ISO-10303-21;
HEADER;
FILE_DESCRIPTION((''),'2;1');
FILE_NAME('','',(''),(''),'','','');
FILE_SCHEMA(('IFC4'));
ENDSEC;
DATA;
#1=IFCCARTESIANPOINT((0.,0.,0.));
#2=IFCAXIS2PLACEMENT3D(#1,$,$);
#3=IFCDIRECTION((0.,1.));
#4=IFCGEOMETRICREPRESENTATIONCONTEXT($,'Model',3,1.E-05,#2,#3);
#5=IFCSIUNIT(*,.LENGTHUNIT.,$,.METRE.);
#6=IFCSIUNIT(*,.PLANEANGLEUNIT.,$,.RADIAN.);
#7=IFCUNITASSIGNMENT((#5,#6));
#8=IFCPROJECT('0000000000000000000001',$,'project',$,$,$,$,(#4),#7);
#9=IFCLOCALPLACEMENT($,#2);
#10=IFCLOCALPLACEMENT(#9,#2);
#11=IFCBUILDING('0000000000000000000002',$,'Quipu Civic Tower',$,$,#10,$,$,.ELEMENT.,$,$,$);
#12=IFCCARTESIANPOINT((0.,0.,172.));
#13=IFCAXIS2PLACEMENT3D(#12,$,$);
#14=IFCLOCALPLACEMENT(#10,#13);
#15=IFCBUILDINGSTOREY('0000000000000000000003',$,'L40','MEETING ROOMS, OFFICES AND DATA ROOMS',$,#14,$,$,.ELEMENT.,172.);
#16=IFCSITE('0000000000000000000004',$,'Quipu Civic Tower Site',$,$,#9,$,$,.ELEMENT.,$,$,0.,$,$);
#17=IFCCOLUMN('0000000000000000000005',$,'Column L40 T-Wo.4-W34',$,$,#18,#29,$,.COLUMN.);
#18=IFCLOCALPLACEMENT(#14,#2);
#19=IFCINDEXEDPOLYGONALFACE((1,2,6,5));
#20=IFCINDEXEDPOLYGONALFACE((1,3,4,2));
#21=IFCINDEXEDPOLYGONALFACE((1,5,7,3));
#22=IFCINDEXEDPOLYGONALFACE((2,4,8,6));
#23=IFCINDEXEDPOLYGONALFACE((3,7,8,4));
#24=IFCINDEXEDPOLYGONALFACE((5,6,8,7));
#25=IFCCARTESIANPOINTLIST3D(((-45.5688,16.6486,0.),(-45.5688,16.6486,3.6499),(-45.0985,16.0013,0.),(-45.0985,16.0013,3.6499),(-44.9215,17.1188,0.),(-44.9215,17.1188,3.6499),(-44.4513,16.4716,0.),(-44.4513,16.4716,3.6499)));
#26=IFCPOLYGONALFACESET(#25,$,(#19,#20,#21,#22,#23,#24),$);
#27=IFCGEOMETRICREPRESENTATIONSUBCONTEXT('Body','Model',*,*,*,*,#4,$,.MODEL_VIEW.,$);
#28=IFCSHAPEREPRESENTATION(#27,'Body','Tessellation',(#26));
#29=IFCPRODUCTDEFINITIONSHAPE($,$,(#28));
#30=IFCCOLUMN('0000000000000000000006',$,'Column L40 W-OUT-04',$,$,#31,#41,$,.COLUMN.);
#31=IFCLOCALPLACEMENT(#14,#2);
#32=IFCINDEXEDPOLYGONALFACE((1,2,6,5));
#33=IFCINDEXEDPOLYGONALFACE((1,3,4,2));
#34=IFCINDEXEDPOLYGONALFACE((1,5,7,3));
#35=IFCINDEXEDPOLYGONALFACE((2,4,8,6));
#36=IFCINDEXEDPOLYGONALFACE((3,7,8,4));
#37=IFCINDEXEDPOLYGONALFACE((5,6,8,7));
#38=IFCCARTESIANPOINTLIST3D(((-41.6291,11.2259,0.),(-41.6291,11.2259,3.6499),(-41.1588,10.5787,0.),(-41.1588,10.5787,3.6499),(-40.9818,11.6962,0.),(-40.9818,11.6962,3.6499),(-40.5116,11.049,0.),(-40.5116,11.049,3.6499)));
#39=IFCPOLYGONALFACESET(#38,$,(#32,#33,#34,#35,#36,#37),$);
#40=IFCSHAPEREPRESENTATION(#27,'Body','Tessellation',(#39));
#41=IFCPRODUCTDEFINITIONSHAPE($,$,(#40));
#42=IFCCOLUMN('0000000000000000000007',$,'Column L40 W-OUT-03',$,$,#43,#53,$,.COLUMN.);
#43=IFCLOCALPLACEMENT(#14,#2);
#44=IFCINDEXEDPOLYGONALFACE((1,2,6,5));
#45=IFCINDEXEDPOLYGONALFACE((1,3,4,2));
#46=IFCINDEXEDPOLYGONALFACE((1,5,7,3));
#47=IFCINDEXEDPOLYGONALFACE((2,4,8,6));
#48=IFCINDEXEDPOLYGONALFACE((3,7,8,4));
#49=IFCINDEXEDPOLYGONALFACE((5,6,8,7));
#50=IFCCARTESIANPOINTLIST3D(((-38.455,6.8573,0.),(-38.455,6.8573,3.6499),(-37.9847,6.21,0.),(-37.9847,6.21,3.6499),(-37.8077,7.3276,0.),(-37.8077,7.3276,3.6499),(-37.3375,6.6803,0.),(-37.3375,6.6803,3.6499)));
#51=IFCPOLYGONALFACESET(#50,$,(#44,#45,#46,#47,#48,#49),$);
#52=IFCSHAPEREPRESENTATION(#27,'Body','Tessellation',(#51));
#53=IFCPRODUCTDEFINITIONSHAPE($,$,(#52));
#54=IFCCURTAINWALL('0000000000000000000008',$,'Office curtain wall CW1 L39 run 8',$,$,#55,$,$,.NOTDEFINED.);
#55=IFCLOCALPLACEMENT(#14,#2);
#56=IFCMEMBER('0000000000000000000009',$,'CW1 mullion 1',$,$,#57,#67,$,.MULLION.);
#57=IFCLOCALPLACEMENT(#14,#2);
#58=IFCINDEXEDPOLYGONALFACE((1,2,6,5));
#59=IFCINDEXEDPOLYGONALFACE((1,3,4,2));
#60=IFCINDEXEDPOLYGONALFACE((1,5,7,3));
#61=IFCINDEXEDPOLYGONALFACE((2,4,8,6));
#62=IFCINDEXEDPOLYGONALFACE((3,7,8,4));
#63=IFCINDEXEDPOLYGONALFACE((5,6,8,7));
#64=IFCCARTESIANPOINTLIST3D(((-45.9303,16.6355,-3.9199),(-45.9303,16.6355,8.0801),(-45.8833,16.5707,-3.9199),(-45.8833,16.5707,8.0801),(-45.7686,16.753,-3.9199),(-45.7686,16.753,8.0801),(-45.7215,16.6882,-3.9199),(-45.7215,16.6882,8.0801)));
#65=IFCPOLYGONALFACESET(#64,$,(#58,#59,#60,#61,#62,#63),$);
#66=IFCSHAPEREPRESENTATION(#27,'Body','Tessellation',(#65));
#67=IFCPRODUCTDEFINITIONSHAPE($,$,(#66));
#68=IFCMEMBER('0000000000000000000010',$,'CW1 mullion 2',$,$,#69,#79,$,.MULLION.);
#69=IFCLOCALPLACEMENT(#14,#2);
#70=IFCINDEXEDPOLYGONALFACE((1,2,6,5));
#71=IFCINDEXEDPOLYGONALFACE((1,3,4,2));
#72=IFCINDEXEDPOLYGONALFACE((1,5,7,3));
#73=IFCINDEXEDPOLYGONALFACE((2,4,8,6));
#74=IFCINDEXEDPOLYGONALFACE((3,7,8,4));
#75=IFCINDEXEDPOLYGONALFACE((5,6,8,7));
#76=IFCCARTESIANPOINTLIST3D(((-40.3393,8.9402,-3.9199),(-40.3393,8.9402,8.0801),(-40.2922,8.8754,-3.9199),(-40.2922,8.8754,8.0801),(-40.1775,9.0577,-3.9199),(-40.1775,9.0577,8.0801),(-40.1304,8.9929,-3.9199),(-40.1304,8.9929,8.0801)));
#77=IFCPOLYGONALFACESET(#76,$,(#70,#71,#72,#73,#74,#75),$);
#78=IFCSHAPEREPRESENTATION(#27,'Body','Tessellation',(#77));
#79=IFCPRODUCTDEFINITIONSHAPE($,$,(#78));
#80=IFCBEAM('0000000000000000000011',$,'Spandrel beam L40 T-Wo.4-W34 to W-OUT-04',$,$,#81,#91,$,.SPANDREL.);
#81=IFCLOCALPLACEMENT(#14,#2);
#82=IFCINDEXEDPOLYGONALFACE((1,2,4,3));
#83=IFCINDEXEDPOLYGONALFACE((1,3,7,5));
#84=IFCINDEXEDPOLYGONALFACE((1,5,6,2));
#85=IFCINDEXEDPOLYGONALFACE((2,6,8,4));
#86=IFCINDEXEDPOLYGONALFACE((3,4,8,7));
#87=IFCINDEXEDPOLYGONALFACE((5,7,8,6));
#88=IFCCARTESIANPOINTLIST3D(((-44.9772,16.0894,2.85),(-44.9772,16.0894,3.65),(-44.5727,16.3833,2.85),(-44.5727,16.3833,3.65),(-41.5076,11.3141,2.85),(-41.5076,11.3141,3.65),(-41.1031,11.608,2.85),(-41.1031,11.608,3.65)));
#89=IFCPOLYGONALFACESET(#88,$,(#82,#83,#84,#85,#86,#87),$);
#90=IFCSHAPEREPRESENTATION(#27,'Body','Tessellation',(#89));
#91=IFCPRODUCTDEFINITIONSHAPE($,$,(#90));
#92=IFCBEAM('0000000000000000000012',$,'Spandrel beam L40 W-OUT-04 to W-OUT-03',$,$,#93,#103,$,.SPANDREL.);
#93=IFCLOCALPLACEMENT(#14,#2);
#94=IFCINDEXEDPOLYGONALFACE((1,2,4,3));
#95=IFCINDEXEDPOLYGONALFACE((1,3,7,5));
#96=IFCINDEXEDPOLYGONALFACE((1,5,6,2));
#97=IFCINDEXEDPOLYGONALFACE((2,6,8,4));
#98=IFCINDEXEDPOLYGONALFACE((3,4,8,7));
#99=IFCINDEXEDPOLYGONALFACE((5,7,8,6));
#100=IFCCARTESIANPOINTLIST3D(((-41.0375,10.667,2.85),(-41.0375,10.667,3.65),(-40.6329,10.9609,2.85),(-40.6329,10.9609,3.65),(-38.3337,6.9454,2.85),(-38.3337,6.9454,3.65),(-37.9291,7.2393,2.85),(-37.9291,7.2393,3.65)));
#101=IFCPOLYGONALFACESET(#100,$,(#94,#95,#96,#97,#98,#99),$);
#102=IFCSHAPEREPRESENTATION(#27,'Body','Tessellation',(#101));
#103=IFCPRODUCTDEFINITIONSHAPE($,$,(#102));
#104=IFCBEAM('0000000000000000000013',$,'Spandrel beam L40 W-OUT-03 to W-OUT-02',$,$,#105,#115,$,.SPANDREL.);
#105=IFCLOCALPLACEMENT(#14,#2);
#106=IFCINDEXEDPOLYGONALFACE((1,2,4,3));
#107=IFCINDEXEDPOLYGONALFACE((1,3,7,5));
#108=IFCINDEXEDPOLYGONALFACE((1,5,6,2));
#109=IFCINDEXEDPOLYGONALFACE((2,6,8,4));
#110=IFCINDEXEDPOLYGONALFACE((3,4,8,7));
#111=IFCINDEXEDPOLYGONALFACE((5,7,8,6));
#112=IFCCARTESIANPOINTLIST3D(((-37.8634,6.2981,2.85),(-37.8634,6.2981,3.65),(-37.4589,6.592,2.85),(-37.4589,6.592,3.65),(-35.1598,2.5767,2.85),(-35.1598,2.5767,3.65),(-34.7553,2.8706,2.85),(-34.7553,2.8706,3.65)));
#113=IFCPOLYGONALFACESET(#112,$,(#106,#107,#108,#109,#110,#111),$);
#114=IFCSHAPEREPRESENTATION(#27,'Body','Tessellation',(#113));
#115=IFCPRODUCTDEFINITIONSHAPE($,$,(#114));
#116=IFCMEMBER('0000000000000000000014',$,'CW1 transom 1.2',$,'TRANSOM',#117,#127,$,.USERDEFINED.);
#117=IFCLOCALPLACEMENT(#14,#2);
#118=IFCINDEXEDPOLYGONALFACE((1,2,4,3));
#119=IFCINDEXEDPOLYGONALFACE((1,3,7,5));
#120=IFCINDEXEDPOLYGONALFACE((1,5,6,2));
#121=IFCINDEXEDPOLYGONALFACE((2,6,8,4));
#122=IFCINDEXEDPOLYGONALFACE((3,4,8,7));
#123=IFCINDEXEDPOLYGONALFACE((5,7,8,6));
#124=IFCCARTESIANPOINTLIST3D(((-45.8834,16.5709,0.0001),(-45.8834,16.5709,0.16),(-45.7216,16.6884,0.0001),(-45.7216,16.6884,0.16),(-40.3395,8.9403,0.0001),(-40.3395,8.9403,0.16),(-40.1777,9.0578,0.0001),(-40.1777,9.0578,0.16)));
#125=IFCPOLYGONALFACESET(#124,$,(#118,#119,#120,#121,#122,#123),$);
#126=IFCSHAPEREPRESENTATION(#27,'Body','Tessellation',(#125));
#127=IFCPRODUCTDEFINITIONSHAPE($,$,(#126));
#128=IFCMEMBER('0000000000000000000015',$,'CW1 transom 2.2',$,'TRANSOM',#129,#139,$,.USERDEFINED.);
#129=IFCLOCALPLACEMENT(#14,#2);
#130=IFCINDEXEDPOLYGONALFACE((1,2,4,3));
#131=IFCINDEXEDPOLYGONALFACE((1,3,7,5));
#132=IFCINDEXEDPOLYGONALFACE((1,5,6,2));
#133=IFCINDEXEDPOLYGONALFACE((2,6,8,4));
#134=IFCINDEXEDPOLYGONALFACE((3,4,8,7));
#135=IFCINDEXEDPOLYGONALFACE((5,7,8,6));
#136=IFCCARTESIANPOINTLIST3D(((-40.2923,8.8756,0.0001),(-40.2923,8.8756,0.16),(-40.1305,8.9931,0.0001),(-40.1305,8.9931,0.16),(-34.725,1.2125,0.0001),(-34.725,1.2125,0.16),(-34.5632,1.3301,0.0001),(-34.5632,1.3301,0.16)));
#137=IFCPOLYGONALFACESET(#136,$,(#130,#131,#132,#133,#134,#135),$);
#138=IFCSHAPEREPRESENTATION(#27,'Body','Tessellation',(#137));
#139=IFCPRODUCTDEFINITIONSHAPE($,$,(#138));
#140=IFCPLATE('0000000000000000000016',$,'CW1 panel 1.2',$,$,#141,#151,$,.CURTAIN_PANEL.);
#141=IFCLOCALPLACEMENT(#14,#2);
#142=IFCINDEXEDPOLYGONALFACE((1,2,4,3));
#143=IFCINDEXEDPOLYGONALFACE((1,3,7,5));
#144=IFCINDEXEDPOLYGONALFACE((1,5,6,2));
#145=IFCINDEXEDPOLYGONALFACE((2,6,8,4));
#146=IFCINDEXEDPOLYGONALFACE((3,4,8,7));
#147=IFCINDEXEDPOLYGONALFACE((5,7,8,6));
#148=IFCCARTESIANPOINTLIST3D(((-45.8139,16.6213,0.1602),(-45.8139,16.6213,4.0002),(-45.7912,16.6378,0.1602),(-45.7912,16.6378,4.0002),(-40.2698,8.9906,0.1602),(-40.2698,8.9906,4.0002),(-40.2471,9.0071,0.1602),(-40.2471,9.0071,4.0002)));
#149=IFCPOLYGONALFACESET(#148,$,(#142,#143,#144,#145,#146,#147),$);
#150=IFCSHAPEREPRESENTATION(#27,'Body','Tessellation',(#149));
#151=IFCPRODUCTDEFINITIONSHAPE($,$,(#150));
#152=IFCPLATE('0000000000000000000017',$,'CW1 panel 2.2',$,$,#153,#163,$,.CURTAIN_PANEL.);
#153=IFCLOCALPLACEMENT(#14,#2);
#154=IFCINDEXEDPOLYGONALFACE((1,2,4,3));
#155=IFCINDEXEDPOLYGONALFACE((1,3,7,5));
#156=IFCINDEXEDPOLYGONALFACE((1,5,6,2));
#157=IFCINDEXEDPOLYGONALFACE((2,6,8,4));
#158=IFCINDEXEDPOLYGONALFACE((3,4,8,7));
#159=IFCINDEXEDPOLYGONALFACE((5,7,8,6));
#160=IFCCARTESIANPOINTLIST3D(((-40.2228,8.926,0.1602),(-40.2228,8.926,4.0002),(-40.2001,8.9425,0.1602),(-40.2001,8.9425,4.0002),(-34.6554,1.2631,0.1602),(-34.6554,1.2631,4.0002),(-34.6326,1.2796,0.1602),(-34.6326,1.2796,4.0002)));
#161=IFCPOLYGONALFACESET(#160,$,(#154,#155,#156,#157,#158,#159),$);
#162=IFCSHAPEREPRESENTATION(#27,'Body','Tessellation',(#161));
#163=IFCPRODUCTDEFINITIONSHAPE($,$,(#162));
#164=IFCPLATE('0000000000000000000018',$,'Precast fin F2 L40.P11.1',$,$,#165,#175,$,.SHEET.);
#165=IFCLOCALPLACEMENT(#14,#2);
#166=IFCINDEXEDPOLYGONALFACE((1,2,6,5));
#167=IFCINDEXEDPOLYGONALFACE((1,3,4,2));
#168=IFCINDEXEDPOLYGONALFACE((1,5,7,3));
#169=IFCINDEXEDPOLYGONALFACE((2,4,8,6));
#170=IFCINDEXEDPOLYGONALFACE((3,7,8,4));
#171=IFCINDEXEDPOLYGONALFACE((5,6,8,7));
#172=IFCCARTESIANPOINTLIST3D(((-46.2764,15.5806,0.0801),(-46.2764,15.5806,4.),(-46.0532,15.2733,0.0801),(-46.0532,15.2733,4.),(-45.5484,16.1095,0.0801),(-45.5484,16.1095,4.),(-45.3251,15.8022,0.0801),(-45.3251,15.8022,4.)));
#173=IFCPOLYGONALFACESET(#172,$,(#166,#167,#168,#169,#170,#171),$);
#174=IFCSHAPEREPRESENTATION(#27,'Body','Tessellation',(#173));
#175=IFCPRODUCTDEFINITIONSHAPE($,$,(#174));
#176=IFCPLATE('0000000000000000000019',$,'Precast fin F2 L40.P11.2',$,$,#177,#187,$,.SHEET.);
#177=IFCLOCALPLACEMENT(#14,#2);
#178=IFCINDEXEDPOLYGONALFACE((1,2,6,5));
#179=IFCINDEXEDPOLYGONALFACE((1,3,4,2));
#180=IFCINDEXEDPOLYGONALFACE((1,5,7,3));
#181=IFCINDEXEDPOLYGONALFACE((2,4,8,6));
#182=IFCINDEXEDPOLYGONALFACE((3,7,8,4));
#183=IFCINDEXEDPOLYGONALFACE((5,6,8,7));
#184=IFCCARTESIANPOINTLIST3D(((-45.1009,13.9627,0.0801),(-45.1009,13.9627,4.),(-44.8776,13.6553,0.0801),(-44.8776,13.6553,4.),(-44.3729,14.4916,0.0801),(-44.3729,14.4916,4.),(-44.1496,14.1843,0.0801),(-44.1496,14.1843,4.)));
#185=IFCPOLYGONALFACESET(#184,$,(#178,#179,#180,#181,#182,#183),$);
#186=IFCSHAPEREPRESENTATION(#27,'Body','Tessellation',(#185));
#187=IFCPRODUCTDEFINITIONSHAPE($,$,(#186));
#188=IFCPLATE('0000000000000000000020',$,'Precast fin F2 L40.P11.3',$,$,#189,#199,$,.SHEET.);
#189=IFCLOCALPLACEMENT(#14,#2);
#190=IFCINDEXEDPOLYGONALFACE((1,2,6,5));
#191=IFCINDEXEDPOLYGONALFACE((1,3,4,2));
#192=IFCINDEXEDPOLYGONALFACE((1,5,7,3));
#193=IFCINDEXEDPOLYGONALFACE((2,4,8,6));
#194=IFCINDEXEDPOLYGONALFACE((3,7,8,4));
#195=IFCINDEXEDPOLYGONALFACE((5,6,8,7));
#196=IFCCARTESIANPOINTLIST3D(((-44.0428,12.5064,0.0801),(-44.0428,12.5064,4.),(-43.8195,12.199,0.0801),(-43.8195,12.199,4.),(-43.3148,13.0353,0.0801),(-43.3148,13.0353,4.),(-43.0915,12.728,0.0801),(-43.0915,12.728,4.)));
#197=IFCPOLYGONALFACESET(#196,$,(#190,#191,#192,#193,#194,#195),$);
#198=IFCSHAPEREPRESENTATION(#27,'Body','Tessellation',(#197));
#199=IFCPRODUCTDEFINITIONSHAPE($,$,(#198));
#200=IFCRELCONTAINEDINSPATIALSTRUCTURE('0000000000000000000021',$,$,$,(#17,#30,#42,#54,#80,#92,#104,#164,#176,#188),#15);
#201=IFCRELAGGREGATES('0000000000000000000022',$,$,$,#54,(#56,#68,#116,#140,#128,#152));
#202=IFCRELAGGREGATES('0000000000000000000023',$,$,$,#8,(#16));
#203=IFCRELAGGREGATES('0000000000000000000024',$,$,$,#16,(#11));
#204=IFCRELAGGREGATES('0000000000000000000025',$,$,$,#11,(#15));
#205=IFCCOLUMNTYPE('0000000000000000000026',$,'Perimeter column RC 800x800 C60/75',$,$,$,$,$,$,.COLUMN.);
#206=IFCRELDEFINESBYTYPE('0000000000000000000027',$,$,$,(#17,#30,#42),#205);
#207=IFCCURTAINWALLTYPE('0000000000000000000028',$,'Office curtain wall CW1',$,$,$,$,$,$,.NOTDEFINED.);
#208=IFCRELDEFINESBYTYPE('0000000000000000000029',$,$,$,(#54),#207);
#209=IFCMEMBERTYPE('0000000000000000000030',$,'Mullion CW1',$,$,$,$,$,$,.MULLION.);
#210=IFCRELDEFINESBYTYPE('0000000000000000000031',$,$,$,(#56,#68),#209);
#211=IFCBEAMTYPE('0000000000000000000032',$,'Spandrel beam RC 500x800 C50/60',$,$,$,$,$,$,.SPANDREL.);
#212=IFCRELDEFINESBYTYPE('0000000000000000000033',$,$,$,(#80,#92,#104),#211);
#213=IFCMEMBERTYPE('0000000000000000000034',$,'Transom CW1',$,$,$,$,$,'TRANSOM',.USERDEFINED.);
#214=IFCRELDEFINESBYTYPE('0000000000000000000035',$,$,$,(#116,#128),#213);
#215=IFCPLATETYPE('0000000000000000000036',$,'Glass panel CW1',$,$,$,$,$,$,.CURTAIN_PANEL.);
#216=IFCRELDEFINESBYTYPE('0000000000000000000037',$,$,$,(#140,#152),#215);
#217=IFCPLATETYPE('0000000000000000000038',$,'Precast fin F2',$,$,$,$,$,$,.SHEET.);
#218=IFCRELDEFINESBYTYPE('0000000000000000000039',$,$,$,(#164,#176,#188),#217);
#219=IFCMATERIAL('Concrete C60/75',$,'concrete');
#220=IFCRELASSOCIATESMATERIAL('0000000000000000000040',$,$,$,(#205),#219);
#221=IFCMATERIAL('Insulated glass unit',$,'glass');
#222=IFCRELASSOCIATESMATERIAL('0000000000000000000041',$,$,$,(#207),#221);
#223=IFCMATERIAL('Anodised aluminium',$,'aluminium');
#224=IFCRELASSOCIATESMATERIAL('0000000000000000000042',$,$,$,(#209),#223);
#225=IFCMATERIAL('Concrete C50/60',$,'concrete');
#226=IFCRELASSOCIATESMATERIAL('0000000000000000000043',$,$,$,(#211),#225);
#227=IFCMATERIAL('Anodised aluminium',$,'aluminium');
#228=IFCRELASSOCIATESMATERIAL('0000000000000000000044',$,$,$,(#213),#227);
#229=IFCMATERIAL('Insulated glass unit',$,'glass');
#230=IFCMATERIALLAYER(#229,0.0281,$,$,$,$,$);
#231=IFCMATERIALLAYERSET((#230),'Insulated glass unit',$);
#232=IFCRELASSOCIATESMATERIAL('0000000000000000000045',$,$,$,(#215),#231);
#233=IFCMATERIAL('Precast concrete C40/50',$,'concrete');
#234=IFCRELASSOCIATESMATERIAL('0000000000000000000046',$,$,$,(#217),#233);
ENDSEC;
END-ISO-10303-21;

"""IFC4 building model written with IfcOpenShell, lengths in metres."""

from ifc_helpers import new_model, si_unit, direction, frame, origin, origin_2d, place, context, subcontext, project, spatial, rectangle, extrude, material, layer, layer_set, material_profile, profile_set, type_object, element, aggregate, save


model = new_model("IFC4")

# Units and contexts
model_context = context("Model", 3, precision=1e-05, world=origin(), true_north=direction((0.0, 1.0)))
body_context = subcontext(model_context, "Body", "Model", "MODEL_VIEW")
ifc_project = project(units=[si_unit("LENGTHUNIT", "METRE"), si_unit("PLANEANGLEUNIT", "RADIAN")], contexts=[model_context])

# Site, building, storey
site_placement = place(None, origin())
site = spatial("IfcSite", under=ifc_project, at=site_placement, Name="Quipu Civic Tower Site", CompositionType="ELEMENT", RefElevation=0.0)
building_placement = place(site_placement, origin())
building = spatial("IfcBuilding", under=site, at=building_placement, Name="Quipu Civic Tower", CompositionType="ELEMENT")
storey_placement = place(building_placement, frame((0.0, 0.0, 172.0)))
storey = spatial("IfcBuildingStorey", under=building, at=storey_placement, Name="L40", Description="MEETING ROOMS, OFFICES AND DATA ROOMS", CompositionType="ELEMENT", Elevation=172.0)

# Columns
ifc_material_1 = material(Name="Concrete C60/75", Category="concrete")
ifc_material_profile_1 = material_profile(ifc_material_1, rectangle(XDim=0.8, YDim=0.8, at=origin_2d()), Name="RC800x800")
ifc_profile_set_1 = profile_set([ifc_material_profile_1], Name="Concrete C60/75")
column_type = type_object("IfcColumnType", Name="Perimeter column RC 800x800 C60/75", PredefinedType="COLUMN", material=ifc_profile_set_1)
for number, where, z_axis, x_axis, name in (
    (1, (-45.01, 16.5601, 0.0), (0.0, 0.0, 1.0), (0.587785, -0.809017, 0.0), "Column L40 T-Wo.4-W34"),
    (2, (-41.0703, 11.1375, 0.0), (0.0, 0.0, 1.0), (0.587785, -0.809017, 0.0), "Column L40 W-OUT-04"),
    (3, (-37.8962, 6.7688, 0.0), (0.0, 0.0, 1.0), (0.587785, -0.809017, 0.0), "Column L40 W-OUT-03"),
):
    element("IfcColumn", number, at=place(storey_placement, frame(where, z_axis=z_axis, x_axis=x_axis)), inside=storey, type_object=column_type, Name=name, PredefinedType="COLUMN", context=body_context, shape_type="SweptSolid", body=[
        extrude(rectangle(XDim=0.8, YDim=0.8, at=origin_2d()), origin(), (0.0, 0.0, 1.0), 3.6499),
    ])

# Curtain wall, members
ifc_material_2 = material(Name="Insulated glass unit", Category="glass")
curtain_wall_type = type_object("IfcCurtainWallType", Name="Office curtain wall CW1", PredefinedType="NOTDEFINED", material=ifc_material_2)
curtain_wall_placement = place(storey_placement, origin())
curtain_wall = element("IfcCurtainWall", 4, at=curtain_wall_placement, inside=storey, type_object=curtain_wall_type, Name="Office curtain wall CW1 L39 run 8", PredefinedType="NOTDEFINED")
ifc_material_3 = material(Name="Anodised aluminium", Category="aluminium")
ifc_material_profile_2 = material_profile(ifc_material_3, rectangle(XDim=0.2, YDim=0.0801, at=origin_2d()), Name="RECT 200x80")
ifc_profile_set_2 = profile_set([ifc_material_profile_2], Name="Anodised aluminium")
member_type_1 = type_object("IfcMemberType", Name="Mullion CW1", PredefinedType="MULLION", material=ifc_profile_set_2)
member_1_placement = place(storey_placement, frame((-45.8259, 16.6619, -3.9199), z_axis=(0.0, 0.0, 1.0), x_axis=(0.809017, 0.587786, 0.0)))
member_1 = element("IfcMember", 5, at=member_1_placement, type_object=member_type_1, Name="CW1 mullion 1", PredefinedType="MULLION", context=body_context, shape_type="SweptSolid", body=[
    extrude(rectangle(XDim=0.2, YDim=0.0801, at=origin_2d()), origin(), (0.0, 0.0, 1.0), 12.0),
])
member_2_placement = place(storey_placement, frame((-40.2349, 8.9666, -3.9199), z_axis=(0.0, 0.0, 1.0), x_axis=(0.809017, 0.587786, 0.0)))
member_2 = element("IfcMember", 6, at=member_2_placement, type_object=member_type_1, Name="CW1 mullion 2", PredefinedType="MULLION", context=body_context, shape_type="SweptSolid", body=[
    extrude(rectangle(XDim=0.2, YDim=0.0801, at=origin_2d()), origin(), (0.0, 0.0, 1.0), 12.0),
])

# Beams
ifc_material_4 = material(Name="Concrete C50/60", Category="concrete")
ifc_material_profile_3 = material_profile(ifc_material_4, rectangle(XDim=0.5, YDim=0.8, at=origin_2d()), Name="RC500x800")
ifc_profile_set_3 = profile_set([ifc_material_profile_3], Name="Concrete C50/60")
beam_type = type_object("IfcBeamType", Name="Spandrel beam RC 500x800 C50/60", PredefinedType="SPANDREL", material=ifc_profile_set_3)
beam_1_placement = place(storey_placement, frame((-44.7749, 16.2363, 3.25), z_axis=(0.5878, -0.809006, 0.0), x_axis=(0.809006, 0.5878, 0.0)))
element("IfcBeam", 7, at=beam_1_placement, inside=storey, type_object=beam_type, Name="Spandrel beam L40 T-Wo.4-W34 to W-OUT-04", PredefinedType="SPANDREL", context=body_context, shape_type="SweptSolid", body=[
    extrude(rectangle(XDim=0.5, YDim=0.8, at=origin_2d()), origin(), (0.0, 0.0, 1.0), 5.9026),
])
beam_2_placement = place(storey_placement, frame((-40.8352, 10.814, 3.25), z_axis=(0.587771, -0.809027, 0.0), x_axis=(0.809027, 0.587771, 0.0)))
element("IfcBeam", 8, at=beam_2_placement, inside=storey, type_object=beam_type, Name="Spandrel beam L40 W-OUT-04 to W-OUT-03", PredefinedType="SPANDREL", context=body_context, shape_type="SweptSolid", body=[
    extrude(rectangle(XDim=0.5, YDim=0.8, at=origin_2d()), origin(), (0.0, 0.0, 1.0), 4.6001),
])
beam_3_placement = place(storey_placement, frame((-37.6611, 6.4451, 3.25), z_axis=(0.587761, -0.809034, 0.0), x_axis=(0.809034, 0.587761, 0.0)))
element("IfcBeam", 9, at=beam_3_placement, inside=storey, type_object=beam_type, Name="Spandrel beam L40 W-OUT-03 to W-OUT-02", PredefinedType="SPANDREL", context=body_context, shape_type="SweptSolid", body=[
    extrude(rectangle(XDim=0.5, YDim=0.8, at=origin_2d()), origin(), (0.0, 0.0, 1.0), 4.5999),
])

# Members
ifc_material_5 = material(Name="Anodised aluminium", Category="aluminium")
ifc_material_profile_4 = material_profile(ifc_material_5, rectangle(XDim=0.2, YDim=0.1599, at=origin_2d()), Name="RECT 200x160")
ifc_profile_set_4 = profile_set([ifc_material_profile_4], Name="Anodised aluminium")
member_type_2 = type_object("IfcMemberType", Name="Transom CW1", ElementType="TRANSOM", PredefinedType="USERDEFINED", material=ifc_profile_set_4)
member_3_placement = place(storey_placement, frame((-45.8025, 16.6296, 0.0801), z_axis=(0.587784, -0.809018, 0.0), x_axis=(0.809018, 0.587784, 0.0)))
member_3 = element("IfcMember", 10, at=member_3_placement, type_object=member_type_2, Name="CW1 transom 1.2", ObjectType="TRANSOM", PredefinedType="USERDEFINED", context=body_context, shape_type="SweptSolid", body=[
    extrude(rectangle(XDim=0.2, YDim=0.1599, at=origin_2d()), origin(), (0.0, 0.0, 1.0), 9.4319),
])
member_4_placement = place(storey_placement, frame((-40.2114, 8.9343, 0.0801), z_axis=(0.587773, -0.809026, 0.0), x_axis=(0.809026, 0.587773, 0.0)))
member_4 = element("IfcMember", 11, at=member_4_placement, type_object=member_type_2, Name="CW1 transom 2.2", ObjectType="TRANSOM", PredefinedType="USERDEFINED", context=body_context, shape_type="SweptSolid", body=[
    extrude(rectangle(XDim=0.2, YDim=0.1599, at=origin_2d()), origin(), (0.0, 0.0, 1.0), 9.4719),
])

# Plates
ifc_material_6 = material(Name="Insulated glass unit", Category="glass")
ifc_layer_1 = layer(ifc_material_6, 0.0281)
ifc_layer_set_1 = layer_set([ifc_layer_1], Name="Insulated glass unit")
plate_type_1 = type_object("IfcPlateType", Name="Glass panel CW1", PredefinedType="CURTAIN_PANEL", material=ifc_layer_set_1)
plate_1_placement = place(storey_placement, frame((-43.0305, 12.8142, 0.1602), z_axis=(0.0, 0.0, 1.0), x_axis=(0.587786, -0.809017, 0.0)))
plate_1 = element("IfcPlate", 12, at=plate_1_placement, type_object=plate_type_1, Name="CW1 panel 1.2", PredefinedType="CURTAIN_PANEL", context=body_context, shape_type="SweptSolid", body=[
    extrude(rectangle(XDim=9.4321, YDim=0.0281, at=origin_2d()), origin(), (0.0, 0.0, 1.0), 3.8401),
])
plate_2_placement = place(storey_placement, frame((-37.4277, 5.1028, 0.1602), z_axis=(0.0, 0.0, 1.0), x_axis=(0.587786, -0.809017, 0.0)))
plate_2 = element("IfcPlate", 13, at=plate_2_placement, type_object=plate_type_1, Name="CW1 panel 2.2", PredefinedType="CURTAIN_PANEL", context=body_context, shape_type="SweptSolid", body=[
    extrude(rectangle(XDim=9.4719, YDim=0.0281, at=origin_2d()), origin(), (0.0, 0.0, 1.0), 3.8401),
])
aggregate(curtain_wall, [member_1, member_2, member_3, plate_1, member_4, plate_2])

# Plates
ifc_material_7 = material(Name="Precast concrete C40/50", Category="concrete")
plate_type_2 = type_object("IfcPlateType", Name="Precast fin F2", PredefinedType="SHEET", material=ifc_material_7)
for number, where, z_axis, x_axis, name in (
    (14, (-45.8008, 15.6914, 0.0801), (0.0, 0.0, 1.0), (0.587786, -0.809017, 0.0), "Precast fin F2 L40.P11.1"),
    (15, (-44.6252, 14.0735, 0.0801), (0.0, 0.0, 1.0), (0.587786, -0.809017, 0.0), "Precast fin F2 L40.P11.2"),
    (16, (-43.5671, 12.6172, 0.0801), (0.0, 0.0, 1.0), (0.587786, -0.809017, 0.0), "Precast fin F2 L40.P11.3"),
):
    element("IfcPlate", number, at=place(storey_placement, frame(where, z_axis=z_axis, x_axis=x_axis)), inside=storey, type_object=plate_type_2, Name=name, PredefinedType="SHEET", context=body_context, shape_type="SweptSolid", body=[
        extrude(rectangle(XDim=0.3799, YDim=0.8999, at=origin_2d()), origin(), (0.0, 0.0, 1.0), 3.9199),
    ])

save(model, "model.ifc")
